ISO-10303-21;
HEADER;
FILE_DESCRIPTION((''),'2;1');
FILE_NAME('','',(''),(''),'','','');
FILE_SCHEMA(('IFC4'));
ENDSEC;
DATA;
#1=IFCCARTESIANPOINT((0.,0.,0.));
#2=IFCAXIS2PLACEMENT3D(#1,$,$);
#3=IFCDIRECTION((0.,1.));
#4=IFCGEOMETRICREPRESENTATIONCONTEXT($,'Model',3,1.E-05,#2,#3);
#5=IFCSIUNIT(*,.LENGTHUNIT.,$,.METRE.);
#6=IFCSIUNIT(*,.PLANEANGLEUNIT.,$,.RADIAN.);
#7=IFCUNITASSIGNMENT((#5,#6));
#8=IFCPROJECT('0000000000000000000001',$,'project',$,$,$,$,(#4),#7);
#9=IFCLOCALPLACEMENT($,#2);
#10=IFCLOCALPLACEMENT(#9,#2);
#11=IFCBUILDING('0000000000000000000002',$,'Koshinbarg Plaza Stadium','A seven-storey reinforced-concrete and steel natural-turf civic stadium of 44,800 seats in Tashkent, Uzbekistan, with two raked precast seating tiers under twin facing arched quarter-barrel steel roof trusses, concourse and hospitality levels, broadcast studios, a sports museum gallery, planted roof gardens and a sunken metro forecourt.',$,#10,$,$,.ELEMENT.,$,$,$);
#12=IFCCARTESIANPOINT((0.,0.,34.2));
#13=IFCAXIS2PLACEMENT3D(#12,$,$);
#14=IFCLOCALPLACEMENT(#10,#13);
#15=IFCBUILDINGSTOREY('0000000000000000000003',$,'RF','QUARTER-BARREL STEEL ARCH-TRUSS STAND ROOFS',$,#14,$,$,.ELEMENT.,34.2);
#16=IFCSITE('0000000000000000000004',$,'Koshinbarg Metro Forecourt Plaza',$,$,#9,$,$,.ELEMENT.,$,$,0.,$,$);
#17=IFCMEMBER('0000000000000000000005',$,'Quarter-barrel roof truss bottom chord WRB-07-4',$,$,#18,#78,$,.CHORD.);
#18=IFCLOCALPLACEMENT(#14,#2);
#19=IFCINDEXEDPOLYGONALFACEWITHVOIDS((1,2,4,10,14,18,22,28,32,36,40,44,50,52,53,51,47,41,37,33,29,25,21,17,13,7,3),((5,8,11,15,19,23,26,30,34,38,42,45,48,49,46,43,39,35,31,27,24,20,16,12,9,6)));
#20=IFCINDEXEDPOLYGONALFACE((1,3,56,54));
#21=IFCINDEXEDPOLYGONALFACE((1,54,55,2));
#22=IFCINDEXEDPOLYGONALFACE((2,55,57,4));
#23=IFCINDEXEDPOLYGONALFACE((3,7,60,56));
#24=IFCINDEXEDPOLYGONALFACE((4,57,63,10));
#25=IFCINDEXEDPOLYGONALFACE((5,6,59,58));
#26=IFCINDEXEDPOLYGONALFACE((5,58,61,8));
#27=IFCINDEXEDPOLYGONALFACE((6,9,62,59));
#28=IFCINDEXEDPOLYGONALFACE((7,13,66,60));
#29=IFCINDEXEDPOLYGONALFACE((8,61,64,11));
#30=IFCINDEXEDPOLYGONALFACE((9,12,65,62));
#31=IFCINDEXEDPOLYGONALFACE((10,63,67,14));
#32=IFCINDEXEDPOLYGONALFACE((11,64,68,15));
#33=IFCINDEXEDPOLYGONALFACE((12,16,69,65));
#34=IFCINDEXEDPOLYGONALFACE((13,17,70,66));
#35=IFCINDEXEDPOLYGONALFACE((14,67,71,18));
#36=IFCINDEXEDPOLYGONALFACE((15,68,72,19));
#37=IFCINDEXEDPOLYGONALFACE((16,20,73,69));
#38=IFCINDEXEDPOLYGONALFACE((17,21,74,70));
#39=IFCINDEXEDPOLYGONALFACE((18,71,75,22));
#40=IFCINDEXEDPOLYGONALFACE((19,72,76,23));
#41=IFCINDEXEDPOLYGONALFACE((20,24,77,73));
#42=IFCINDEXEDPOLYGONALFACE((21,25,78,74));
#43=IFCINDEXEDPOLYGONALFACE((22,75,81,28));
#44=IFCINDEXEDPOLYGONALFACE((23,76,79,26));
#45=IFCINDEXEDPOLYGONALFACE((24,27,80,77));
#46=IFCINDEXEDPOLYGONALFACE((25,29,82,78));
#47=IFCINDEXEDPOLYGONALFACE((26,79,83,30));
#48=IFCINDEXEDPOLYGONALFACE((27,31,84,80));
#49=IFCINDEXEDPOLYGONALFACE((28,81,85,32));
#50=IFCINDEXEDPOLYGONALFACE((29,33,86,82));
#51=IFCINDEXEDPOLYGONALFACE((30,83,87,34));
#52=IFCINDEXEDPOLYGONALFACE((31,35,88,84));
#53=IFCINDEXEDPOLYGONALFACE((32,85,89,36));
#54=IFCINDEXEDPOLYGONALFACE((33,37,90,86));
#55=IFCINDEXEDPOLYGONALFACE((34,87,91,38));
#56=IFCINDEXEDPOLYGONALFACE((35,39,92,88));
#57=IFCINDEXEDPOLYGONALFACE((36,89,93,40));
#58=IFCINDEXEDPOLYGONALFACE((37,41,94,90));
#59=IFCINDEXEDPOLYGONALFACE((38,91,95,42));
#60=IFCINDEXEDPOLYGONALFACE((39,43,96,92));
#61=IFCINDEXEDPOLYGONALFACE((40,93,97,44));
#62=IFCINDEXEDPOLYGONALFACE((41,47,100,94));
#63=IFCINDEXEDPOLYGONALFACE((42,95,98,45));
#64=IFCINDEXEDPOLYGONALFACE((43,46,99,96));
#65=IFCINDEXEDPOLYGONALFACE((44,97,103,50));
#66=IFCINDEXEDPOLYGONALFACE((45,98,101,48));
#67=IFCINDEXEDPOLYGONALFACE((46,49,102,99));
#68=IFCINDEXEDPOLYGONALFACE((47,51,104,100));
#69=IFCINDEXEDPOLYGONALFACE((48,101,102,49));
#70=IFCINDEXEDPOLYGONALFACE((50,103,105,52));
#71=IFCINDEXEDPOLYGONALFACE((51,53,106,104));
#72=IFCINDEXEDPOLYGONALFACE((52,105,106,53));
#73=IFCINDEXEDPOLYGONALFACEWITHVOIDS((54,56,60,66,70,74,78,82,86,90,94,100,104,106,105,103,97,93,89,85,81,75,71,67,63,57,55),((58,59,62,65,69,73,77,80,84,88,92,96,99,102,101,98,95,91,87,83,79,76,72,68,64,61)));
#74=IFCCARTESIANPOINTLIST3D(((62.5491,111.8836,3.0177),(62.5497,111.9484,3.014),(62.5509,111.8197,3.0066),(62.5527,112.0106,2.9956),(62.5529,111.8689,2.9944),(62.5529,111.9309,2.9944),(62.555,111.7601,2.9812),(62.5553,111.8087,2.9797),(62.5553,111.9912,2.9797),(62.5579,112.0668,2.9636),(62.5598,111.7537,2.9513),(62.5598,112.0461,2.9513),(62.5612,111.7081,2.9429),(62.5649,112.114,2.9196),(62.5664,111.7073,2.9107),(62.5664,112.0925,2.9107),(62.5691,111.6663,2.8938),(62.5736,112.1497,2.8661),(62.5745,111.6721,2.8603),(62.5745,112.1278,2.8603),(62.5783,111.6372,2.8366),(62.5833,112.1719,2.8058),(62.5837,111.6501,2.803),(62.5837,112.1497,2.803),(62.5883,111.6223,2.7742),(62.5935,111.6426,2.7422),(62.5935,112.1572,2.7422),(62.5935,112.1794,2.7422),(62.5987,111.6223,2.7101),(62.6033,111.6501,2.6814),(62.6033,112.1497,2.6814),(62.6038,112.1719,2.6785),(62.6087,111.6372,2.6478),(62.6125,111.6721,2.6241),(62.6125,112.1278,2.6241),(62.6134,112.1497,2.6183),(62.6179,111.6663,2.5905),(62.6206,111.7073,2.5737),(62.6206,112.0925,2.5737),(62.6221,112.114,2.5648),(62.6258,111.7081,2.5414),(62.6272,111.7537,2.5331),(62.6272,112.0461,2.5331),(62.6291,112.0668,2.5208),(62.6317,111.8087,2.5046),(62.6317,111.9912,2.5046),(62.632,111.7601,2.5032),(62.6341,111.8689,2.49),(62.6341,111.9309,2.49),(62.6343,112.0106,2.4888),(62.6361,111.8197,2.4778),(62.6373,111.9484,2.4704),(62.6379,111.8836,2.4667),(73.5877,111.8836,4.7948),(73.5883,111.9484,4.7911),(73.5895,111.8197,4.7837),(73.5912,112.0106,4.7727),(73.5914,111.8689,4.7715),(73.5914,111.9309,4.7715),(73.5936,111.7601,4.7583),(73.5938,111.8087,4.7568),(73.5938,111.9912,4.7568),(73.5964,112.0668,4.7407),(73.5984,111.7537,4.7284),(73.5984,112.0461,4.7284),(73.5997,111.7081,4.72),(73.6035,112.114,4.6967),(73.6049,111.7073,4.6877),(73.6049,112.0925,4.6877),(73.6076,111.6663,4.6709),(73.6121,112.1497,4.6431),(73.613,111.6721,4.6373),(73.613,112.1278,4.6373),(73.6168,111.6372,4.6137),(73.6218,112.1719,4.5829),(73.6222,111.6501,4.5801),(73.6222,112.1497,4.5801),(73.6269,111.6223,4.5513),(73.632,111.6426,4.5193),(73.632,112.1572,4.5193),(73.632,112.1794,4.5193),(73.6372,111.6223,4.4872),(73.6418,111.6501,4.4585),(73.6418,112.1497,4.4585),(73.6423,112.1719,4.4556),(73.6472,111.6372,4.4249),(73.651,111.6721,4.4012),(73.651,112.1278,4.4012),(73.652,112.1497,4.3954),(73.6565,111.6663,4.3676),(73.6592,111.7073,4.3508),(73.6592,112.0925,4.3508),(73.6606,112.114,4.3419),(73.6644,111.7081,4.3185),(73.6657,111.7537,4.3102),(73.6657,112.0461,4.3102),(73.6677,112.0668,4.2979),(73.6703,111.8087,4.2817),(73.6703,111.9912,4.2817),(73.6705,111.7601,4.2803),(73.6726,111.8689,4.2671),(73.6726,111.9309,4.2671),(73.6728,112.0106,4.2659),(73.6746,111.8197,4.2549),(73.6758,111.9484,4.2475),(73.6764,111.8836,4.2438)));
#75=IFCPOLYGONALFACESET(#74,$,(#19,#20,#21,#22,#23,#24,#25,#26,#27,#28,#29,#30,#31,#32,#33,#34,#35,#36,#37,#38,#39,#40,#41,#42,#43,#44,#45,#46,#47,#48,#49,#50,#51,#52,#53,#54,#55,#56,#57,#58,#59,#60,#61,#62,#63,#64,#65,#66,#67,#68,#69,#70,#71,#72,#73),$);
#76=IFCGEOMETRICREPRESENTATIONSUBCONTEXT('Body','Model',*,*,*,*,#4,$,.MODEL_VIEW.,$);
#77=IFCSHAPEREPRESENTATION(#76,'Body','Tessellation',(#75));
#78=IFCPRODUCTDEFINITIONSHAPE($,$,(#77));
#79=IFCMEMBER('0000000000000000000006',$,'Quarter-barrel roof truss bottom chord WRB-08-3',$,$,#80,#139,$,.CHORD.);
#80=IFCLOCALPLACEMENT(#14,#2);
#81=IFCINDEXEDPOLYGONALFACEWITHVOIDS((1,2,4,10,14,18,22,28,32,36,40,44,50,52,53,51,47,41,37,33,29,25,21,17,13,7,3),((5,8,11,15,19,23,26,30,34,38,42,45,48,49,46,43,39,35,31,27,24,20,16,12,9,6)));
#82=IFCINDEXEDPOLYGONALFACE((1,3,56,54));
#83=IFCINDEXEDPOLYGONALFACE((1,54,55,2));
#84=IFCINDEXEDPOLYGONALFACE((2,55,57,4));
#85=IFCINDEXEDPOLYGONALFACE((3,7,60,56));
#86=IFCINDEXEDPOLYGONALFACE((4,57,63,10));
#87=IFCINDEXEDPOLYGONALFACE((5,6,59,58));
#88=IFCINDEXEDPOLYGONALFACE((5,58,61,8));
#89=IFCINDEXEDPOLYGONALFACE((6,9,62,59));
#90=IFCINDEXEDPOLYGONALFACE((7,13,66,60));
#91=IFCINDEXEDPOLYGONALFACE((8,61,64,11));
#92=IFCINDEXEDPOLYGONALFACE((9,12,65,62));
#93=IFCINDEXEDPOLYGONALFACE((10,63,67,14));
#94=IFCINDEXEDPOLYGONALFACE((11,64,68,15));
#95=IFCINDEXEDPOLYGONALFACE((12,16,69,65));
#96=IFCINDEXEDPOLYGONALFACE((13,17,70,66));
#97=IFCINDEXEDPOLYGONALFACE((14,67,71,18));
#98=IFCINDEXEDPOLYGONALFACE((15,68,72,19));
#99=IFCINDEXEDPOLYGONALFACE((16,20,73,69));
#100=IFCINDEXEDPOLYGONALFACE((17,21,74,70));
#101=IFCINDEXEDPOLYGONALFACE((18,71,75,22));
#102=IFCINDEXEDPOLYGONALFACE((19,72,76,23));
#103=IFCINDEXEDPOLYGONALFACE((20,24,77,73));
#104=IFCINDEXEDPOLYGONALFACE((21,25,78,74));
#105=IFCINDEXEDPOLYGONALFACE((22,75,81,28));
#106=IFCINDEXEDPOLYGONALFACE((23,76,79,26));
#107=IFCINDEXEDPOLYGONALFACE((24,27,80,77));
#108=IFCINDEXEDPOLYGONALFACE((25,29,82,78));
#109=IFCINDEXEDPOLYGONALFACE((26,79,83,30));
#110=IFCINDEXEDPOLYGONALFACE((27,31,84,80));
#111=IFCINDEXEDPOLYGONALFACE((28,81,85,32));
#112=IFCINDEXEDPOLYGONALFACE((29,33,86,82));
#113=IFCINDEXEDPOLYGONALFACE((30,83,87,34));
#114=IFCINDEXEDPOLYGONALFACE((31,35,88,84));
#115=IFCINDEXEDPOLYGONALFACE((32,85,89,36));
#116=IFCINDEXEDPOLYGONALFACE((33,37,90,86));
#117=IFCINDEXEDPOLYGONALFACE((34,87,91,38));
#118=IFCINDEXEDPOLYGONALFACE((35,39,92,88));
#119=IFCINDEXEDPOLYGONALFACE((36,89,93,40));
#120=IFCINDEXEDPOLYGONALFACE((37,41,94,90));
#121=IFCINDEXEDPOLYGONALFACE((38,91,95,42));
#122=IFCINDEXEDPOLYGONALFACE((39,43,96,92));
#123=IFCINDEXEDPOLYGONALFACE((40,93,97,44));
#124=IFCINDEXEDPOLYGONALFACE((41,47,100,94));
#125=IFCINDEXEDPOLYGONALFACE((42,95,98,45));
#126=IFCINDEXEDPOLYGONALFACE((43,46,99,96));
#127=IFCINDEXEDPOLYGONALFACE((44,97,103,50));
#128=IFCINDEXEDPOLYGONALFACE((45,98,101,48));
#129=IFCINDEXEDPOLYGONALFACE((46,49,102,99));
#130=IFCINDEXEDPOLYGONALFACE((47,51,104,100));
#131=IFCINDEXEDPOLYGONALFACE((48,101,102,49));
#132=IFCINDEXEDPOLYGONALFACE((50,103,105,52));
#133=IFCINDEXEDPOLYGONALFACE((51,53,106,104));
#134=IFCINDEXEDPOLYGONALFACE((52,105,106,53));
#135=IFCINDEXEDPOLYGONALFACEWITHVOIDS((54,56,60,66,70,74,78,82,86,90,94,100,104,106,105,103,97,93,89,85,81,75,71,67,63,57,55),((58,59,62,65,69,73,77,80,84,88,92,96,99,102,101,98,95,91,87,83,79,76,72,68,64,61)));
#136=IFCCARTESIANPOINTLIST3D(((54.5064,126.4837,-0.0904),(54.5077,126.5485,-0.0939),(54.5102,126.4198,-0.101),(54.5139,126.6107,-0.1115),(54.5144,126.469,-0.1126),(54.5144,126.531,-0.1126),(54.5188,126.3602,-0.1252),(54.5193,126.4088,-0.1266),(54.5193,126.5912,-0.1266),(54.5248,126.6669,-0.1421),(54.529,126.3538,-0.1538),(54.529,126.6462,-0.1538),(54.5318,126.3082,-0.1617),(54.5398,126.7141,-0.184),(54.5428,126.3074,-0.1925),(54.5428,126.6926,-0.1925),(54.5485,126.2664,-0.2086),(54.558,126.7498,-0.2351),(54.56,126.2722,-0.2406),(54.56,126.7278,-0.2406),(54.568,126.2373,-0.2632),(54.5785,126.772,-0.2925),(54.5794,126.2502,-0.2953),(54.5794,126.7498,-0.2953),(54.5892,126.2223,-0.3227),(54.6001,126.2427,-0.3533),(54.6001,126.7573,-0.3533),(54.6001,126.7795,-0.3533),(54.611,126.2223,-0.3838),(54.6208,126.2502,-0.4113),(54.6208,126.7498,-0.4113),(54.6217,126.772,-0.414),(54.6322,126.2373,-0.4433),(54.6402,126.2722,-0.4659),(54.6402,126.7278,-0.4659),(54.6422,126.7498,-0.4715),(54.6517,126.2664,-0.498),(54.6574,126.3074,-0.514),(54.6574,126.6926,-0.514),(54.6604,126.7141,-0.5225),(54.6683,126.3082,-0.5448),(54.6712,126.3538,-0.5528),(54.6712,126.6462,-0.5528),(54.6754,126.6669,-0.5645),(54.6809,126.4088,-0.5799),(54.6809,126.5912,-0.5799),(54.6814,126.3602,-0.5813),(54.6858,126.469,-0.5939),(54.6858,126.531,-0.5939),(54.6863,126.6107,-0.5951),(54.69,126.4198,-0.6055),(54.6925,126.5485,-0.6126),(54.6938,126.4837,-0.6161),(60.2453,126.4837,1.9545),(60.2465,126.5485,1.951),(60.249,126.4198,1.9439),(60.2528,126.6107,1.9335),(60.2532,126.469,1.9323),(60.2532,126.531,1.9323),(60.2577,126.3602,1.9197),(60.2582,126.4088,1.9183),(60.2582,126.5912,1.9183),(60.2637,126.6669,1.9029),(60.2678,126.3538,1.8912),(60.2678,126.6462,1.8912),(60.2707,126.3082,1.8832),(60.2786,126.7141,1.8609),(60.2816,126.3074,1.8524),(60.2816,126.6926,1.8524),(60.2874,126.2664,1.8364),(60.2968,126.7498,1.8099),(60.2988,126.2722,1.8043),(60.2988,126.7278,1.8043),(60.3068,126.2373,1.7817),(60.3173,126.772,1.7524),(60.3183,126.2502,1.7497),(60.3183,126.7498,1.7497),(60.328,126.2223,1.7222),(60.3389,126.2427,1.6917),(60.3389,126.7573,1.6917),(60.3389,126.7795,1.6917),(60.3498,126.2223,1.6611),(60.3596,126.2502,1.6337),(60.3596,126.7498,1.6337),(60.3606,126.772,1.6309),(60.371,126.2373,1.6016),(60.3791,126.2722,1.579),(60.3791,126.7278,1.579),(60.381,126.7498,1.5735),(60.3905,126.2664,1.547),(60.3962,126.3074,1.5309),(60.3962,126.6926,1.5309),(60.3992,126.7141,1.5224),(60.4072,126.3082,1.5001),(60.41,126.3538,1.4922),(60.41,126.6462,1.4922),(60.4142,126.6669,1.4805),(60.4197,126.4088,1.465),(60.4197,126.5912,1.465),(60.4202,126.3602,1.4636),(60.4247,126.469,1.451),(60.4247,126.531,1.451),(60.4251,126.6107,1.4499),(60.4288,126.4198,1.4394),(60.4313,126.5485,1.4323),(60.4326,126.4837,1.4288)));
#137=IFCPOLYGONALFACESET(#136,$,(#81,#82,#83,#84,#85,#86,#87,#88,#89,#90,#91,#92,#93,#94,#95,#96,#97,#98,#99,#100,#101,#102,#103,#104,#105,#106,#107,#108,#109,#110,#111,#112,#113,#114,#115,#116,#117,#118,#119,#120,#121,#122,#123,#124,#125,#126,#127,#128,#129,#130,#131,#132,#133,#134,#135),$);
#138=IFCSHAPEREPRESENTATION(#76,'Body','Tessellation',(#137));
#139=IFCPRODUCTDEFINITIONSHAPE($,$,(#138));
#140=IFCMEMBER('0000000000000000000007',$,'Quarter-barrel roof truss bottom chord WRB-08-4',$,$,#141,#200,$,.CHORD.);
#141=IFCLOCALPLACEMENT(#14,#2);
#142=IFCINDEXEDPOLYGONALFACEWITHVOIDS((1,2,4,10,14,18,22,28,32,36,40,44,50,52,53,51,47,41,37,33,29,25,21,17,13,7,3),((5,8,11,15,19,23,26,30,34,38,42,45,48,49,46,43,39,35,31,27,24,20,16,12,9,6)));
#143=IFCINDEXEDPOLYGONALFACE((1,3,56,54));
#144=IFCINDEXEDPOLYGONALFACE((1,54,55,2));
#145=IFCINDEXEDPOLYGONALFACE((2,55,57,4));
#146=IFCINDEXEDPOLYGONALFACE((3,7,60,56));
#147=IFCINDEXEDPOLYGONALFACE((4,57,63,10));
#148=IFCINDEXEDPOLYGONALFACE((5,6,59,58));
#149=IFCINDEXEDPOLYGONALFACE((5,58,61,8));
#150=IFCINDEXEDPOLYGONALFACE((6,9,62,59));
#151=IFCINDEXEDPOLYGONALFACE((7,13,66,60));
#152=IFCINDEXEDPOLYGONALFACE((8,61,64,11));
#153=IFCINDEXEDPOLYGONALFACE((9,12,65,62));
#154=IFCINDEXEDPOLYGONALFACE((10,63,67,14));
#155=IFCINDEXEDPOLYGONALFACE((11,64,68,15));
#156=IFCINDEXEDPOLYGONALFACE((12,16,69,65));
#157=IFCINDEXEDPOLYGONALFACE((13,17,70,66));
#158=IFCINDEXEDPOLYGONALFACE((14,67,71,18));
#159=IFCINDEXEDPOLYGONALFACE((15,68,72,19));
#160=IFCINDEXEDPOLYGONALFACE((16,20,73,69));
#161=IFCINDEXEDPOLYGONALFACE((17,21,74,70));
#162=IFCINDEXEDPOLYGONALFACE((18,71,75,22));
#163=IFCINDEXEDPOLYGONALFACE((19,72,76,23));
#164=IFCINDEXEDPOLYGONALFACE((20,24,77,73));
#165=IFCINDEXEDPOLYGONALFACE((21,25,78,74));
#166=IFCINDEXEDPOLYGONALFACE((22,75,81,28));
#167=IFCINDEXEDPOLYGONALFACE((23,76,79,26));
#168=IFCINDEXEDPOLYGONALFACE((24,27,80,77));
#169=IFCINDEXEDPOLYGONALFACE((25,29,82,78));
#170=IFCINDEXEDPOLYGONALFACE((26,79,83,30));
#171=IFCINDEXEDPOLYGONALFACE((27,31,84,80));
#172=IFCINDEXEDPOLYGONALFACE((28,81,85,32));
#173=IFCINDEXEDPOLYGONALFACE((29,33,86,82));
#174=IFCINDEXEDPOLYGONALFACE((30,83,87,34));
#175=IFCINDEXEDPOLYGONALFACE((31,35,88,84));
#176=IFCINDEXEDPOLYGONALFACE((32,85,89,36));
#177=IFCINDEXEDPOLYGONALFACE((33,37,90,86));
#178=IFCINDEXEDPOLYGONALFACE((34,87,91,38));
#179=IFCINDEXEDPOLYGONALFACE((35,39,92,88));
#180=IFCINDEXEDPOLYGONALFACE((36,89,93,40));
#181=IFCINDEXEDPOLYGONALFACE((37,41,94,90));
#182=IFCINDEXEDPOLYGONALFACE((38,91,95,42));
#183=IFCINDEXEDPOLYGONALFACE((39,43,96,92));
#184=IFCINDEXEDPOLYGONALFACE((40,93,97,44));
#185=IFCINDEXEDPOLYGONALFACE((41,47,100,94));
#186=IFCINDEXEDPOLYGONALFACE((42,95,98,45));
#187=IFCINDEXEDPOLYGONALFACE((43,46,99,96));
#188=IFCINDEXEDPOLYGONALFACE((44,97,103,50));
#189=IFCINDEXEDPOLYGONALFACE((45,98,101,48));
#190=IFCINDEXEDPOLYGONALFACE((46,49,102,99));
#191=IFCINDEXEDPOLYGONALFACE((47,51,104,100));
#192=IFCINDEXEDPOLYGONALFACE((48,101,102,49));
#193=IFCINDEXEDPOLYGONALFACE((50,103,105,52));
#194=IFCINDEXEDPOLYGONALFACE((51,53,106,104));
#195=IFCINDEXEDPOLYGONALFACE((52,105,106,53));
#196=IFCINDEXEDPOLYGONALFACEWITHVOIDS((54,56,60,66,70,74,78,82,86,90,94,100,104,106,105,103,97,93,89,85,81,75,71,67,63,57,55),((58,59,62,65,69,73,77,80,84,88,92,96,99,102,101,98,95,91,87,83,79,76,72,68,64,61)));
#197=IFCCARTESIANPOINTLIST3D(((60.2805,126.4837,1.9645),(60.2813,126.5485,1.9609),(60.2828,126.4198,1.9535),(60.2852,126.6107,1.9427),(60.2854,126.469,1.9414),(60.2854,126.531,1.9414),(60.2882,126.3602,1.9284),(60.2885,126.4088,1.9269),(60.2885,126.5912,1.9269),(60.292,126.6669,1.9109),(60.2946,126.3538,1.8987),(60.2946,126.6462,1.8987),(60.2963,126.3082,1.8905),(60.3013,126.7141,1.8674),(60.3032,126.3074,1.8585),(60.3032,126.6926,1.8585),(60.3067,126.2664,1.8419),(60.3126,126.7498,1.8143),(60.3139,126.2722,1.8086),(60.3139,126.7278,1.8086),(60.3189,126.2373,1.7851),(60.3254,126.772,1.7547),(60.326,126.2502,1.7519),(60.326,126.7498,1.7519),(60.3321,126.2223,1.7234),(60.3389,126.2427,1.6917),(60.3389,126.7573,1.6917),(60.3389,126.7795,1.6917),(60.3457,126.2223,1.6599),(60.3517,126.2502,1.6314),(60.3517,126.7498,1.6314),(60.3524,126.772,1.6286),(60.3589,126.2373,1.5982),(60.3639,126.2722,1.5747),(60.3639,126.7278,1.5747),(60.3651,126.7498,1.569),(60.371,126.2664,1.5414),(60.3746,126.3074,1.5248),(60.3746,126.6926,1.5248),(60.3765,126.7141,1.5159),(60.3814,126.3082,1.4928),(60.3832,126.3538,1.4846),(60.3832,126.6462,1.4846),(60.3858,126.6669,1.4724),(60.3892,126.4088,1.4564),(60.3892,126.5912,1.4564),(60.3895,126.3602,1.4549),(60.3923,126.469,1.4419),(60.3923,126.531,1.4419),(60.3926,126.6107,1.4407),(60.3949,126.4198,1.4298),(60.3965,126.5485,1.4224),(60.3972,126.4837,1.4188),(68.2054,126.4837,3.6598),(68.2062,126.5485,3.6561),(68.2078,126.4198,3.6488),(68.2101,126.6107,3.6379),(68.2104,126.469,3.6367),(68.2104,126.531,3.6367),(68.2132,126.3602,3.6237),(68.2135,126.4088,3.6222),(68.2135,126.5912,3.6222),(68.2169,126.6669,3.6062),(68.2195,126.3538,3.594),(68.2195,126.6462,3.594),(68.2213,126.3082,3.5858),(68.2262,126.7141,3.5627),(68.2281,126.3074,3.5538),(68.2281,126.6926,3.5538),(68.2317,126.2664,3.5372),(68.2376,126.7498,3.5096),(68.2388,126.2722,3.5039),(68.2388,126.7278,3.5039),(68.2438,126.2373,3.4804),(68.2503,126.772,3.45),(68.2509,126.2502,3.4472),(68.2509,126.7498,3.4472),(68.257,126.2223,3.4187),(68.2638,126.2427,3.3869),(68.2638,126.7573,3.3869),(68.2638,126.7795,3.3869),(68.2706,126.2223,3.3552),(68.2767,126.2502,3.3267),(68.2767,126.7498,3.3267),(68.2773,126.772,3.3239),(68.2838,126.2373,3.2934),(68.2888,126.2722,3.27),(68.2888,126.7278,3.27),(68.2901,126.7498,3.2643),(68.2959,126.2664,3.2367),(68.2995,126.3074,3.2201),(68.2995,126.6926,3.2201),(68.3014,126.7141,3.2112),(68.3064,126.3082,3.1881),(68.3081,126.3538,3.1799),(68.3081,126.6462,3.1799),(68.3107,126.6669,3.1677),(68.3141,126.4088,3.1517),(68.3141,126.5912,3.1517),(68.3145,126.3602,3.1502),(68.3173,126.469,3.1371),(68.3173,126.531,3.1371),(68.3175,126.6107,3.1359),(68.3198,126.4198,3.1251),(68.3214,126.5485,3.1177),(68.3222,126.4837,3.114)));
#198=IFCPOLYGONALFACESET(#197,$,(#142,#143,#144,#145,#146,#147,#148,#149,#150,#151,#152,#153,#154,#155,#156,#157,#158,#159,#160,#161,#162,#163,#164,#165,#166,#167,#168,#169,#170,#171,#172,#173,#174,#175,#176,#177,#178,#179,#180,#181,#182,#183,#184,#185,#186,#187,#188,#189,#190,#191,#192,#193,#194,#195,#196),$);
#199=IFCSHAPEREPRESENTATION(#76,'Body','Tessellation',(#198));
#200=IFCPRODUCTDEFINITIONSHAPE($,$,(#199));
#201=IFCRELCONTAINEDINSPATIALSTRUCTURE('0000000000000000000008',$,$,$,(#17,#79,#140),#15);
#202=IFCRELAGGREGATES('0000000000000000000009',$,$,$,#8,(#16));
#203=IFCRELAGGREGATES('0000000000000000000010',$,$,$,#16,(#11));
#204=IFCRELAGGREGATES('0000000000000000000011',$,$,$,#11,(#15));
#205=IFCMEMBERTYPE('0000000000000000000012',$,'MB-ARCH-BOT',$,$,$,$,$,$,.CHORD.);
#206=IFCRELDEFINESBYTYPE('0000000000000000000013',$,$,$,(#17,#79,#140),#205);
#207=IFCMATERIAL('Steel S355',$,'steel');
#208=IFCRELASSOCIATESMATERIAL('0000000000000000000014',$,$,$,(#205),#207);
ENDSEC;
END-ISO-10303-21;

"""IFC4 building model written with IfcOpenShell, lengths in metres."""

from ifc_helpers import new_model, si_unit, direction, frame, origin, origin_2d, place, context, subcontext, project, spatial, hollow_circle, extrude, material, material_profile, profile_set, type_object, element, save


model = new_model("IFC4")

# Units and contexts
model_context = context("Model", 3, precision=1e-05, world=origin(), true_north=direction((0.0, 1.0)))
body_context = subcontext(model_context, "Body", "Model", "MODEL_VIEW")
ifc_project = project(units=[si_unit("LENGTHUNIT", "METRE"), si_unit("PLANEANGLEUNIT", "RADIAN")], contexts=[model_context])

# Site, building, storey
site_placement = place(None, origin())
site = spatial("IfcSite", under=ifc_project, at=site_placement, Name="Koshinbarg Metro Forecourt Plaza", CompositionType="ELEMENT", RefElevation=0.0)
building_placement = place(site_placement, origin())
building = spatial("IfcBuilding", under=site, at=building_placement, Name="Koshinbarg Plaza Stadium", Description="A seven-storey reinforced-concrete and steel natural-turf civic stadium of 44,800 seats in Tashkent, Uzbekistan, with two raked precast seating tiers under twin facing arched quarter-barrel steel roof trusses, concourse and hospitality levels, broadcast studios, a sports museum gallery, planted roof gardens and a sunken metro forecourt.", CompositionType="ELEMENT")
storey_placement = place(building_placement, frame((0.0, 0.0, 34.2)))
storey = spatial("IfcBuildingStorey", under=building, at=storey_placement, Name="RF", Description="QUARTER-BARREL STEEL ARCH-TRUSS STAND ROOFS", CompositionType="ELEMENT", Elevation=34.2)

# Members
ifc_material_1 = material(Name="Steel S355", Category="steel")
ifc_material_profile_1 = material_profile(ifc_material_1, hollow_circle(Radius=0.2795, WallThickness=0.0222, at=origin_2d()), Name="CHS 559x22.2")
ifc_profile_set_1 = profile_set([ifc_material_profile_1], Name="Steel S355")
member_type_1 = type_object("IfcMemberType", Name="MB-ARCH-BOT", PredefinedType="CHORD", material=ifc_profile_set_1)
member_1_placement = place(storey_placement, frame((62.5935, 111.8999, 2.7422), z_axis=(0.987288, 0.0, 0.158943), x_axis=(0.0, 1.0, 0.0)))
element("IfcMember", 1, at=member_1_placement, inside=storey, type_object=member_type_1, Name="Quarter-barrel roof truss bottom chord WRB-07-4", PredefinedType="CHORD", context=body_context, shape_type="SweptSolid", body=[
    extrude(hollow_circle(Radius=0.2795, WallThickness=0.0222, at=origin_2d()), origin(), (0.0, 0.0, 1.0), 11.1807),
])
member_2_placement = place(storey_placement, frame((54.6001, 126.5, -0.3533), z_axis=(0.941983, 0.0, 0.335661), x_axis=(0.0, 1.0, 0.0)))
element("IfcMember", 2, at=member_2_placement, inside=storey, type_object=member_type_1, Name="Quarter-barrel roof truss bottom chord WRB-08-3", PredefinedType="CHORD", context=body_context, shape_type="SweptSolid", body=[
    extrude(hollow_circle(Radius=0.2795, WallThickness=0.0222, at=origin_2d()), origin(), (0.0, 0.0, 1.0), 6.0923),
])
member_3_placement = place(storey_placement, frame((60.3389, 126.5, 1.6917), z_axis=(0.977876, 0.0, 0.209186), x_axis=(0.0, 1.0, 0.0)))
element("IfcMember", 3, at=member_3_placement, inside=storey, type_object=member_type_1, Name="Quarter-barrel roof truss bottom chord WRB-08-4", PredefinedType="CHORD", context=body_context, shape_type="SweptSolid", body=[
    extrude(hollow_circle(Radius=0.2795, WallThickness=0.0222, at=origin_2d()), origin(), (0.0, 0.0, 1.0), 8.1042),
])

save(model, "model.ifc")
